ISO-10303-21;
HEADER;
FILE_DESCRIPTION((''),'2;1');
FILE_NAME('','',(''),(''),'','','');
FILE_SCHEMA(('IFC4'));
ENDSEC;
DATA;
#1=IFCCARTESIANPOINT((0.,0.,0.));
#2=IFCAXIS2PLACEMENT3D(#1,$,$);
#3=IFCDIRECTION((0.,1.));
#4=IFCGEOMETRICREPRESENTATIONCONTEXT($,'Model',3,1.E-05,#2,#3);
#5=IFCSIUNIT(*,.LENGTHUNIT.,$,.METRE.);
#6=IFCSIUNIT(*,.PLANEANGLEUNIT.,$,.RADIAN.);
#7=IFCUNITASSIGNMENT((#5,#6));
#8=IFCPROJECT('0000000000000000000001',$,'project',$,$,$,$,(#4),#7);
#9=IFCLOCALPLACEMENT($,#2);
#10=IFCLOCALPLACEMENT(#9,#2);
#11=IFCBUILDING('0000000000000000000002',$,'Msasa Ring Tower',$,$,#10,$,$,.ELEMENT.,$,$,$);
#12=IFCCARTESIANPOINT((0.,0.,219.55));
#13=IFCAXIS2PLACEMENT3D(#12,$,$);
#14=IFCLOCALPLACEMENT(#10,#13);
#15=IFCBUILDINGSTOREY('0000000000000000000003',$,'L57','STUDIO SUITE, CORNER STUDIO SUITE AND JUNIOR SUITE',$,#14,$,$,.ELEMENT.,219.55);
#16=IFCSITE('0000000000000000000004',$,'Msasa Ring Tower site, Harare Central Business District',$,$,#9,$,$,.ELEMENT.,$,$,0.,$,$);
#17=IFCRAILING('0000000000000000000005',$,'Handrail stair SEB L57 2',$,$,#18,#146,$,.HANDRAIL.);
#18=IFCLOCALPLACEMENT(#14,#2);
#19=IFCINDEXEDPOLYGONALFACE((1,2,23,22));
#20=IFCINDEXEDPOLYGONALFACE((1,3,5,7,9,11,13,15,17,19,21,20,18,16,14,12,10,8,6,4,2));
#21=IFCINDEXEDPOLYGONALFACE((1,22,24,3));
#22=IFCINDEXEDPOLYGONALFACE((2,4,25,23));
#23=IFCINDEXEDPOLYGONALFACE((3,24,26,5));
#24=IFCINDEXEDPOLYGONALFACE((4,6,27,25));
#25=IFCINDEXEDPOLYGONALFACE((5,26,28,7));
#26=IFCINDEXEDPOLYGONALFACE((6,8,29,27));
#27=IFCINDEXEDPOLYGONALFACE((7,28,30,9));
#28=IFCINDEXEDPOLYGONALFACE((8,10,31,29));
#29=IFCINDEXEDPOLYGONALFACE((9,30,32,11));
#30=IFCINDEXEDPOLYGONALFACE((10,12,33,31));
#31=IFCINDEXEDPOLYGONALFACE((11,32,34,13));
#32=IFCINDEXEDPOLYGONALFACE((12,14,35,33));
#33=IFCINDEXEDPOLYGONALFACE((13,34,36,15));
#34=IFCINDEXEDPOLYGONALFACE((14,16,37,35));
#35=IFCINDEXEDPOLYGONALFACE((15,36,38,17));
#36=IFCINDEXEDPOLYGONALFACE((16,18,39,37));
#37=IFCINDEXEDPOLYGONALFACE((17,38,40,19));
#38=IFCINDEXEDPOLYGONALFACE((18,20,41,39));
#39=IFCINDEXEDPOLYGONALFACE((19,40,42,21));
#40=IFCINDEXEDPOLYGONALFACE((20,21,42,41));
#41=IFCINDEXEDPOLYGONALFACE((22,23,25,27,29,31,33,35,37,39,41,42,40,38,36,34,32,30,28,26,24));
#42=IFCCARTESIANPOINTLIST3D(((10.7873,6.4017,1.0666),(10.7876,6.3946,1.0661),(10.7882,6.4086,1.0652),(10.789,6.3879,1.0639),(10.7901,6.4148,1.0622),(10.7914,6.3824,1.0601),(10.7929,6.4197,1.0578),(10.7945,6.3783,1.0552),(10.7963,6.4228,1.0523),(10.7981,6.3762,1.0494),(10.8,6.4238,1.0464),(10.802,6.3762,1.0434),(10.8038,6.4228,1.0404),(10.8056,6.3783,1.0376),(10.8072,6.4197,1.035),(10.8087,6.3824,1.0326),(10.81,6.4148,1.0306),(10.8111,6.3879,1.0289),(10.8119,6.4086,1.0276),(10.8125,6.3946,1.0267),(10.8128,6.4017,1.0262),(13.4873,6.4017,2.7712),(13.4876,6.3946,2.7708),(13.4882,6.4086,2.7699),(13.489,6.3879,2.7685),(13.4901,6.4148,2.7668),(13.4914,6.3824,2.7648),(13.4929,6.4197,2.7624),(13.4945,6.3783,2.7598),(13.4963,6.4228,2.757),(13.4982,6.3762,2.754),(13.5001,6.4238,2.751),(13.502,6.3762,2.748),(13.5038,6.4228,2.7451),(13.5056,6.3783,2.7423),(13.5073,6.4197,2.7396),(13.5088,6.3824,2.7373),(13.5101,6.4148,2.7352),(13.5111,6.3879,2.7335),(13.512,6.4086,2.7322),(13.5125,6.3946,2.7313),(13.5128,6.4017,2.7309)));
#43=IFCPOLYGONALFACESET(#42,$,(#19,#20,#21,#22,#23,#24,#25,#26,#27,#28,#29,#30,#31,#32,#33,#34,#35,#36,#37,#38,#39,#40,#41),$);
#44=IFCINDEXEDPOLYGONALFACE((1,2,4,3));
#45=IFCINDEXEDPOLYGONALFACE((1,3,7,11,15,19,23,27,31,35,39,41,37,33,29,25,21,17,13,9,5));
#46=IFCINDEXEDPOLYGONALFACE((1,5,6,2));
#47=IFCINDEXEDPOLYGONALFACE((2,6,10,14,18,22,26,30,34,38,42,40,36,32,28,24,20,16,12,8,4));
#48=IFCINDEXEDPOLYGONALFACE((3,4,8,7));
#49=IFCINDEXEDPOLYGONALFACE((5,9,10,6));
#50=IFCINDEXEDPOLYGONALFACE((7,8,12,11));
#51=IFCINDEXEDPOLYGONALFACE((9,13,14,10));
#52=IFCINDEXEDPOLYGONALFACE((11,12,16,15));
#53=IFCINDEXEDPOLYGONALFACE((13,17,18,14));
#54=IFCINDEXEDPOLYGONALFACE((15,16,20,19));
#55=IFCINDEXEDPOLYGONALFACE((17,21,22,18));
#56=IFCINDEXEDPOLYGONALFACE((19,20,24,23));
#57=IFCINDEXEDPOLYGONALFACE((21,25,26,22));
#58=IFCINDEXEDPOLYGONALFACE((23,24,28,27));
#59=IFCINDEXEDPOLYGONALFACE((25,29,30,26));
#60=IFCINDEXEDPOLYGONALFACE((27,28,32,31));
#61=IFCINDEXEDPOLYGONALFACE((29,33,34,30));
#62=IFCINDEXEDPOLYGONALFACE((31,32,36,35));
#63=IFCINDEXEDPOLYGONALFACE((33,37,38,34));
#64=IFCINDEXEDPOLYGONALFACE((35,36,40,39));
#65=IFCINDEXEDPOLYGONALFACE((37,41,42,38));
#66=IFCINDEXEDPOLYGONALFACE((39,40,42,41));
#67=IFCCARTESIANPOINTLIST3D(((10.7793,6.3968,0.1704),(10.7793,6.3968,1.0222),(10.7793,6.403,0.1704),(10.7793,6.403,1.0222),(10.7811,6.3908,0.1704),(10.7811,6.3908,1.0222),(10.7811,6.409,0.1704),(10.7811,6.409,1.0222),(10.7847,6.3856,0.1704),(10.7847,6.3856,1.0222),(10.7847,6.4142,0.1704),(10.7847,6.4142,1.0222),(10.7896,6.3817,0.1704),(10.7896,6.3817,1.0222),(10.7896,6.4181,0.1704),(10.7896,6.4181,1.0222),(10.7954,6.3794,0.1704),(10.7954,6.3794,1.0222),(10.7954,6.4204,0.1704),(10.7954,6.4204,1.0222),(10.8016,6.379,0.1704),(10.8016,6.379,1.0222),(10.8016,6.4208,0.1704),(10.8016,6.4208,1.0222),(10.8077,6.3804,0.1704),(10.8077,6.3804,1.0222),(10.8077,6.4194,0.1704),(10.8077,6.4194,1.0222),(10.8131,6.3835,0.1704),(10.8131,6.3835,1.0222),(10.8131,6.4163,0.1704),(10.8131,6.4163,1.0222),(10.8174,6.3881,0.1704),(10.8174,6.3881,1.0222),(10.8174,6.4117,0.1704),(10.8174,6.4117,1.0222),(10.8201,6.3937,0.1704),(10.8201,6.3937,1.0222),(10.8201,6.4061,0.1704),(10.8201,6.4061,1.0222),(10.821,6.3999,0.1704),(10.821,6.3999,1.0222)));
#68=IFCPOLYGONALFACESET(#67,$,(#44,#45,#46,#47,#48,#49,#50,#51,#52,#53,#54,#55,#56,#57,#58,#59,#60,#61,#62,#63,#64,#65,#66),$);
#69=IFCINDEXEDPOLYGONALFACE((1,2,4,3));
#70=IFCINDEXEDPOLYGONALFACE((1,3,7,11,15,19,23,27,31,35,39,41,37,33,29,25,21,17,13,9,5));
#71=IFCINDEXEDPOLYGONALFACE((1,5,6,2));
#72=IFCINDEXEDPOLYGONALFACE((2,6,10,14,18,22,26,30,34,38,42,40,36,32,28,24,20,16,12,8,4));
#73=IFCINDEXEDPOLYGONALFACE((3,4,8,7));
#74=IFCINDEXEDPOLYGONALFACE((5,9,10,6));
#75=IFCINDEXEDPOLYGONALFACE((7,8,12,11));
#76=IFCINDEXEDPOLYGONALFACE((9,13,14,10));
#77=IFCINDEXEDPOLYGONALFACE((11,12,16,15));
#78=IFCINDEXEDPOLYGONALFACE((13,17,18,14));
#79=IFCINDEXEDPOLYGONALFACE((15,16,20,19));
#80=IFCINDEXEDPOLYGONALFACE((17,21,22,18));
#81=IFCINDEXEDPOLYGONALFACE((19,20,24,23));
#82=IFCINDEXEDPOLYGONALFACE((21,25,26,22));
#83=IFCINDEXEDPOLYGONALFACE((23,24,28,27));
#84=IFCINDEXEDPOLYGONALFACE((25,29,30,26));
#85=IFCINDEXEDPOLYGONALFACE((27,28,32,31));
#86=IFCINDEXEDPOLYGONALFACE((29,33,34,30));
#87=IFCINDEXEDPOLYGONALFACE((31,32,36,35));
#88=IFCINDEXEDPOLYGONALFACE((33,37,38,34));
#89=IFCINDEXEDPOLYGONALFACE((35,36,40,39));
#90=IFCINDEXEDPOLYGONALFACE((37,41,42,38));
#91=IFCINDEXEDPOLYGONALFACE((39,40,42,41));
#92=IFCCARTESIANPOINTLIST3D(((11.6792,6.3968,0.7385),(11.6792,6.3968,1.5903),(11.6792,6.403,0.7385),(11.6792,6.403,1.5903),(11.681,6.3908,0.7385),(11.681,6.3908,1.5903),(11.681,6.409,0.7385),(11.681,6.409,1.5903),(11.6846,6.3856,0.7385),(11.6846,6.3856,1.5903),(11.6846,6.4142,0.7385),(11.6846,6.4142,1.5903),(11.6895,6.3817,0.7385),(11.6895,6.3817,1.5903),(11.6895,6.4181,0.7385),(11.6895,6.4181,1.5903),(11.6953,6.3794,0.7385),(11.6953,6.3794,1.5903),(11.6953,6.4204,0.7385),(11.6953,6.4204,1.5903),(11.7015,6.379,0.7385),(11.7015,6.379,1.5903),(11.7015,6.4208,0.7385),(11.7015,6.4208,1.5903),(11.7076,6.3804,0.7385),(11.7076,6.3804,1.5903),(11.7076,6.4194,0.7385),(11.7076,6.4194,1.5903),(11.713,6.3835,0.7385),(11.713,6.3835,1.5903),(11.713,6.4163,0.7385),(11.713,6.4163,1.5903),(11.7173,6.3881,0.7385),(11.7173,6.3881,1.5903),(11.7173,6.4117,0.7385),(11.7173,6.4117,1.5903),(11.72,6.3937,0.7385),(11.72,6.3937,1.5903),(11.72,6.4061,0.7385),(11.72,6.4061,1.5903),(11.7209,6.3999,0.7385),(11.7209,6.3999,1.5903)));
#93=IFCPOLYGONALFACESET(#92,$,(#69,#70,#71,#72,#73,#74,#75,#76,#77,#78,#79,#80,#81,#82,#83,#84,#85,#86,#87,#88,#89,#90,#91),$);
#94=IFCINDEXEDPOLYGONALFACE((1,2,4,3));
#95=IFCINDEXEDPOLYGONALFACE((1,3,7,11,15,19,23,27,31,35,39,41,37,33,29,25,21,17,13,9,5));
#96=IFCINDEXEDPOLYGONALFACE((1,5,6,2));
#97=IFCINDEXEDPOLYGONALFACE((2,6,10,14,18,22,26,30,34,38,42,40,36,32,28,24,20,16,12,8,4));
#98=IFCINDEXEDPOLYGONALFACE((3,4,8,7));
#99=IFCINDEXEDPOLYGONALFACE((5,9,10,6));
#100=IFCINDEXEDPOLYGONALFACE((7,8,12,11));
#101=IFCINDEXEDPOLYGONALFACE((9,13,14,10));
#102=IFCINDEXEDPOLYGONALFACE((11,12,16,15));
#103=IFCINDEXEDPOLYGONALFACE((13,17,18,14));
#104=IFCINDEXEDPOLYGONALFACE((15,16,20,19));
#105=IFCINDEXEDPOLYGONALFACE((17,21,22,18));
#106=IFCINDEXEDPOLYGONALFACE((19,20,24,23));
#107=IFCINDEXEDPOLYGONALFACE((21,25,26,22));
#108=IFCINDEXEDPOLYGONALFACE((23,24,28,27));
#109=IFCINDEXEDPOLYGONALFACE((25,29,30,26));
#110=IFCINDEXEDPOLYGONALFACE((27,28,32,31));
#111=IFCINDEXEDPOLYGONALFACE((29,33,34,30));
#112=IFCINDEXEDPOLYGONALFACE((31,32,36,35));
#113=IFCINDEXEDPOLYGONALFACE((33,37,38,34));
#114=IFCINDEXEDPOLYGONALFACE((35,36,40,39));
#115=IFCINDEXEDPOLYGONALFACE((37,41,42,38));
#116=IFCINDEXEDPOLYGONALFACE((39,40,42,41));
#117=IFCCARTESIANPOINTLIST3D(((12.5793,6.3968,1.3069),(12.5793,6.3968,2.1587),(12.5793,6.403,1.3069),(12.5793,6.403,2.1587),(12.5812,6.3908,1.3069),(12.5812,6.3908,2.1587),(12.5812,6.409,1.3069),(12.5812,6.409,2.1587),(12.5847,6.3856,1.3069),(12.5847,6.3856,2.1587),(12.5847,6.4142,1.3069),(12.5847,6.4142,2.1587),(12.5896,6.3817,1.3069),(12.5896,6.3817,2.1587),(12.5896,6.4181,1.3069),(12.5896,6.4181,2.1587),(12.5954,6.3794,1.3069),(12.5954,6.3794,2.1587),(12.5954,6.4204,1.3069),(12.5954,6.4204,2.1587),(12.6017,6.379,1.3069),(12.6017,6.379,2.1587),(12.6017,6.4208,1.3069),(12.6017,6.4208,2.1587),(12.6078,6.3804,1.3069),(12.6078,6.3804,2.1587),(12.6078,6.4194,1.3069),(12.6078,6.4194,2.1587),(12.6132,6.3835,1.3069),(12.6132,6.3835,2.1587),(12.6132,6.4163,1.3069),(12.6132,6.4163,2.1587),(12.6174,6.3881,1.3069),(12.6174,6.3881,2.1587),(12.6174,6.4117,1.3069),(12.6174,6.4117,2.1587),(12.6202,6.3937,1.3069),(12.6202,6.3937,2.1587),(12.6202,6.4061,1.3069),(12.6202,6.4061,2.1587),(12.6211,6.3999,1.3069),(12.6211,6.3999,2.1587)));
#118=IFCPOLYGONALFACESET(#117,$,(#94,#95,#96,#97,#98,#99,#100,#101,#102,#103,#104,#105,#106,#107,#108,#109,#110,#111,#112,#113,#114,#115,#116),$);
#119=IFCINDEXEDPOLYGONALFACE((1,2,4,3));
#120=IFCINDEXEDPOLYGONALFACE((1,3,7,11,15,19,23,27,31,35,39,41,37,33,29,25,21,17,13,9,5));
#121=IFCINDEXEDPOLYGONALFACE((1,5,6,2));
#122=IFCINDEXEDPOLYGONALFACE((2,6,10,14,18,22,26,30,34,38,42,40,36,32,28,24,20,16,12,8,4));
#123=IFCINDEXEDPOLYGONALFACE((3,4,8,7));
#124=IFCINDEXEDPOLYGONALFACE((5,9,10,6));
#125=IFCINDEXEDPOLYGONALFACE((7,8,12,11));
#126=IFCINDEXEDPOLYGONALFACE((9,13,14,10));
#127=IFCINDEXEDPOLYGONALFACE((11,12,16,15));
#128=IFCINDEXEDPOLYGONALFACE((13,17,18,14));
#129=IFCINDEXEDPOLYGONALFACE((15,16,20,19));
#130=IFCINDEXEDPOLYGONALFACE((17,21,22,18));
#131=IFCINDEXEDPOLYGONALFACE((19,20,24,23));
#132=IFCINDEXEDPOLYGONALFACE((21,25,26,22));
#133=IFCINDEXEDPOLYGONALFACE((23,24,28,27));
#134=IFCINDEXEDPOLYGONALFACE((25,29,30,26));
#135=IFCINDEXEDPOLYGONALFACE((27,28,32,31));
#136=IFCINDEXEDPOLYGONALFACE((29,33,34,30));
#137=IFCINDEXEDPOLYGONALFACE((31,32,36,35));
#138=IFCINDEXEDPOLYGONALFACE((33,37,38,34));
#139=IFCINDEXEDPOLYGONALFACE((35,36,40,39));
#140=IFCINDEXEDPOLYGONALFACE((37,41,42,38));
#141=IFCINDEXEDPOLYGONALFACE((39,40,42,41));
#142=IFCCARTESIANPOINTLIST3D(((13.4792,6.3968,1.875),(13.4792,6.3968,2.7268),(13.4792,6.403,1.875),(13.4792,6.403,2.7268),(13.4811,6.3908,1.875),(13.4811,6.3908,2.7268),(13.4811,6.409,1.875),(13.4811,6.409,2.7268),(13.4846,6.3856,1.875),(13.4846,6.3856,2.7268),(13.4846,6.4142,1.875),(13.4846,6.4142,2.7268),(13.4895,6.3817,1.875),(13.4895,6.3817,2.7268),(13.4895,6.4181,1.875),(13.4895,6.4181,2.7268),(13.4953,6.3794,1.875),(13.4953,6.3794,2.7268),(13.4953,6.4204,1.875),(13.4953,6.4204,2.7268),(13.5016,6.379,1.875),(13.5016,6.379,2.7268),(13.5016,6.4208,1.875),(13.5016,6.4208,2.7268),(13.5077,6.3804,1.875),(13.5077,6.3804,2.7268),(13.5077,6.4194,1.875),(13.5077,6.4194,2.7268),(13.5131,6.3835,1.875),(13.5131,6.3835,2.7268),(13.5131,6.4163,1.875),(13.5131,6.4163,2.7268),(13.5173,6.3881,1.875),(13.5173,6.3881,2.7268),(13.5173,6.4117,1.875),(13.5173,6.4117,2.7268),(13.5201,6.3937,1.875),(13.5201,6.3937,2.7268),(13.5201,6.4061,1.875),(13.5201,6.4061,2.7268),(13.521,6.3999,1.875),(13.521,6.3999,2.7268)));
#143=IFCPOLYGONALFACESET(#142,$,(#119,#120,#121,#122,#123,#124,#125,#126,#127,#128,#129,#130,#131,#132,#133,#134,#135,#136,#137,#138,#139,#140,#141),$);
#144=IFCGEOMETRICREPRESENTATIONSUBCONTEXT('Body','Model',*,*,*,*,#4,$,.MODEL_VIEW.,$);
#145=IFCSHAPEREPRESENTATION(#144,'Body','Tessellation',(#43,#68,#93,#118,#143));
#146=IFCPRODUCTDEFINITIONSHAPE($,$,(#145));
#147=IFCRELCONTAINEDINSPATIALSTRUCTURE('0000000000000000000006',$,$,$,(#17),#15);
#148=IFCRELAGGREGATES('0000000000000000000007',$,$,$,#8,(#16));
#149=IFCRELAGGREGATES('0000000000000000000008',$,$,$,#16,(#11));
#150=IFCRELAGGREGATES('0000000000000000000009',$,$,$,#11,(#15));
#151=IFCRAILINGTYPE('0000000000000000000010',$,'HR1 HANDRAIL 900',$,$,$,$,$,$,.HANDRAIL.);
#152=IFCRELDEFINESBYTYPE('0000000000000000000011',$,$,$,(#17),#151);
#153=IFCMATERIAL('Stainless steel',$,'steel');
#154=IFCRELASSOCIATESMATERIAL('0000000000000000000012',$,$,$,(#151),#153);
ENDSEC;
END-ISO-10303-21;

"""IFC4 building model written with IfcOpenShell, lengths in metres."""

from ifc_helpers import new_model, si_unit, direction, frame, origin, origin_2d, place, context, subcontext, project, spatial, circle, extrude, material, type_object, element, save


model = new_model("IFC4")

# Units and contexts
model_context = context("Model", 3, precision=1e-05, world=origin(), true_north=direction((0.0, 1.0)))
body_context = subcontext(model_context, "Body", "Model", "MODEL_VIEW")
ifc_project = project(units=[si_unit("LENGTHUNIT", "METRE"), si_unit("PLANEANGLEUNIT", "RADIAN")], contexts=[model_context])

# Site, building, storey
site_placement = place(None, origin())
site = spatial("IfcSite", under=ifc_project, at=site_placement, Name="Msasa Ring Tower site, Harare Central Business District", CompositionType="ELEMENT", RefElevation=0.0)
building_placement = place(site_placement, origin())
building = spatial("IfcBuilding", under=site, at=building_placement, Name="Msasa Ring Tower", CompositionType="ELEMENT")
storey_placement = place(building_placement, frame((0.0, 0.0, 219.55)))
storey = spatial("IfcBuildingStorey", under=building, at=storey_placement, Name="L57", Description="STUDIO SUITE, CORNER STUDIO SUITE AND JUNIOR SUITE", CompositionType="ELEMENT", Elevation=219.55)

# Railing
ifc_material_1 = material(Name="Stainless steel", Category="steel")
railing_type = type_object("IfcRailingType", Name="HR1 HANDRAIL 900", PredefinedType="HANDRAIL", material=ifc_material_1)
for number, where, name in (
    (1, (10.8, 6.3999, 0.1704), "Handrail stair SEB L57 2"),
):
    element("IfcRailing", number, at=place(storey_placement, frame(where)), inside=storey, type_object=railing_type, Name=name, PredefinedType="HANDRAIL", context=body_context, shape_type="SweptSolid", body=[
        extrude(circle(Radius=0.0239, at=origin_2d()), frame((0.0, 0.0, 0.876), z_axis=(0.84558, 0.0, 0.533849), x_axis=(0.0, 1.0, 0.0)), (0.0, 0.0, 1.0), 3.1931),
        extrude(circle(Radius=0.021, at=origin_2d()), origin(), (0.0, 0.0, 1.0), 0.8518),
        extrude(circle(Radius=0.021, at=origin_2d()), frame((0.8999, 0.0, 0.5681)), (0.0, 0.0, 1.0), 0.8518),
        extrude(circle(Radius=0.021, at=origin_2d()), frame((1.8, 0.0, 1.1365)), (0.0, 0.0, 1.0), 0.8518),
        extrude(circle(Radius=0.021, at=origin_2d()), frame((2.7, 0.0, 1.7046)), (0.0, 0.0, 1.0), 0.8518),
    ])

save(model, "model.ifc")
